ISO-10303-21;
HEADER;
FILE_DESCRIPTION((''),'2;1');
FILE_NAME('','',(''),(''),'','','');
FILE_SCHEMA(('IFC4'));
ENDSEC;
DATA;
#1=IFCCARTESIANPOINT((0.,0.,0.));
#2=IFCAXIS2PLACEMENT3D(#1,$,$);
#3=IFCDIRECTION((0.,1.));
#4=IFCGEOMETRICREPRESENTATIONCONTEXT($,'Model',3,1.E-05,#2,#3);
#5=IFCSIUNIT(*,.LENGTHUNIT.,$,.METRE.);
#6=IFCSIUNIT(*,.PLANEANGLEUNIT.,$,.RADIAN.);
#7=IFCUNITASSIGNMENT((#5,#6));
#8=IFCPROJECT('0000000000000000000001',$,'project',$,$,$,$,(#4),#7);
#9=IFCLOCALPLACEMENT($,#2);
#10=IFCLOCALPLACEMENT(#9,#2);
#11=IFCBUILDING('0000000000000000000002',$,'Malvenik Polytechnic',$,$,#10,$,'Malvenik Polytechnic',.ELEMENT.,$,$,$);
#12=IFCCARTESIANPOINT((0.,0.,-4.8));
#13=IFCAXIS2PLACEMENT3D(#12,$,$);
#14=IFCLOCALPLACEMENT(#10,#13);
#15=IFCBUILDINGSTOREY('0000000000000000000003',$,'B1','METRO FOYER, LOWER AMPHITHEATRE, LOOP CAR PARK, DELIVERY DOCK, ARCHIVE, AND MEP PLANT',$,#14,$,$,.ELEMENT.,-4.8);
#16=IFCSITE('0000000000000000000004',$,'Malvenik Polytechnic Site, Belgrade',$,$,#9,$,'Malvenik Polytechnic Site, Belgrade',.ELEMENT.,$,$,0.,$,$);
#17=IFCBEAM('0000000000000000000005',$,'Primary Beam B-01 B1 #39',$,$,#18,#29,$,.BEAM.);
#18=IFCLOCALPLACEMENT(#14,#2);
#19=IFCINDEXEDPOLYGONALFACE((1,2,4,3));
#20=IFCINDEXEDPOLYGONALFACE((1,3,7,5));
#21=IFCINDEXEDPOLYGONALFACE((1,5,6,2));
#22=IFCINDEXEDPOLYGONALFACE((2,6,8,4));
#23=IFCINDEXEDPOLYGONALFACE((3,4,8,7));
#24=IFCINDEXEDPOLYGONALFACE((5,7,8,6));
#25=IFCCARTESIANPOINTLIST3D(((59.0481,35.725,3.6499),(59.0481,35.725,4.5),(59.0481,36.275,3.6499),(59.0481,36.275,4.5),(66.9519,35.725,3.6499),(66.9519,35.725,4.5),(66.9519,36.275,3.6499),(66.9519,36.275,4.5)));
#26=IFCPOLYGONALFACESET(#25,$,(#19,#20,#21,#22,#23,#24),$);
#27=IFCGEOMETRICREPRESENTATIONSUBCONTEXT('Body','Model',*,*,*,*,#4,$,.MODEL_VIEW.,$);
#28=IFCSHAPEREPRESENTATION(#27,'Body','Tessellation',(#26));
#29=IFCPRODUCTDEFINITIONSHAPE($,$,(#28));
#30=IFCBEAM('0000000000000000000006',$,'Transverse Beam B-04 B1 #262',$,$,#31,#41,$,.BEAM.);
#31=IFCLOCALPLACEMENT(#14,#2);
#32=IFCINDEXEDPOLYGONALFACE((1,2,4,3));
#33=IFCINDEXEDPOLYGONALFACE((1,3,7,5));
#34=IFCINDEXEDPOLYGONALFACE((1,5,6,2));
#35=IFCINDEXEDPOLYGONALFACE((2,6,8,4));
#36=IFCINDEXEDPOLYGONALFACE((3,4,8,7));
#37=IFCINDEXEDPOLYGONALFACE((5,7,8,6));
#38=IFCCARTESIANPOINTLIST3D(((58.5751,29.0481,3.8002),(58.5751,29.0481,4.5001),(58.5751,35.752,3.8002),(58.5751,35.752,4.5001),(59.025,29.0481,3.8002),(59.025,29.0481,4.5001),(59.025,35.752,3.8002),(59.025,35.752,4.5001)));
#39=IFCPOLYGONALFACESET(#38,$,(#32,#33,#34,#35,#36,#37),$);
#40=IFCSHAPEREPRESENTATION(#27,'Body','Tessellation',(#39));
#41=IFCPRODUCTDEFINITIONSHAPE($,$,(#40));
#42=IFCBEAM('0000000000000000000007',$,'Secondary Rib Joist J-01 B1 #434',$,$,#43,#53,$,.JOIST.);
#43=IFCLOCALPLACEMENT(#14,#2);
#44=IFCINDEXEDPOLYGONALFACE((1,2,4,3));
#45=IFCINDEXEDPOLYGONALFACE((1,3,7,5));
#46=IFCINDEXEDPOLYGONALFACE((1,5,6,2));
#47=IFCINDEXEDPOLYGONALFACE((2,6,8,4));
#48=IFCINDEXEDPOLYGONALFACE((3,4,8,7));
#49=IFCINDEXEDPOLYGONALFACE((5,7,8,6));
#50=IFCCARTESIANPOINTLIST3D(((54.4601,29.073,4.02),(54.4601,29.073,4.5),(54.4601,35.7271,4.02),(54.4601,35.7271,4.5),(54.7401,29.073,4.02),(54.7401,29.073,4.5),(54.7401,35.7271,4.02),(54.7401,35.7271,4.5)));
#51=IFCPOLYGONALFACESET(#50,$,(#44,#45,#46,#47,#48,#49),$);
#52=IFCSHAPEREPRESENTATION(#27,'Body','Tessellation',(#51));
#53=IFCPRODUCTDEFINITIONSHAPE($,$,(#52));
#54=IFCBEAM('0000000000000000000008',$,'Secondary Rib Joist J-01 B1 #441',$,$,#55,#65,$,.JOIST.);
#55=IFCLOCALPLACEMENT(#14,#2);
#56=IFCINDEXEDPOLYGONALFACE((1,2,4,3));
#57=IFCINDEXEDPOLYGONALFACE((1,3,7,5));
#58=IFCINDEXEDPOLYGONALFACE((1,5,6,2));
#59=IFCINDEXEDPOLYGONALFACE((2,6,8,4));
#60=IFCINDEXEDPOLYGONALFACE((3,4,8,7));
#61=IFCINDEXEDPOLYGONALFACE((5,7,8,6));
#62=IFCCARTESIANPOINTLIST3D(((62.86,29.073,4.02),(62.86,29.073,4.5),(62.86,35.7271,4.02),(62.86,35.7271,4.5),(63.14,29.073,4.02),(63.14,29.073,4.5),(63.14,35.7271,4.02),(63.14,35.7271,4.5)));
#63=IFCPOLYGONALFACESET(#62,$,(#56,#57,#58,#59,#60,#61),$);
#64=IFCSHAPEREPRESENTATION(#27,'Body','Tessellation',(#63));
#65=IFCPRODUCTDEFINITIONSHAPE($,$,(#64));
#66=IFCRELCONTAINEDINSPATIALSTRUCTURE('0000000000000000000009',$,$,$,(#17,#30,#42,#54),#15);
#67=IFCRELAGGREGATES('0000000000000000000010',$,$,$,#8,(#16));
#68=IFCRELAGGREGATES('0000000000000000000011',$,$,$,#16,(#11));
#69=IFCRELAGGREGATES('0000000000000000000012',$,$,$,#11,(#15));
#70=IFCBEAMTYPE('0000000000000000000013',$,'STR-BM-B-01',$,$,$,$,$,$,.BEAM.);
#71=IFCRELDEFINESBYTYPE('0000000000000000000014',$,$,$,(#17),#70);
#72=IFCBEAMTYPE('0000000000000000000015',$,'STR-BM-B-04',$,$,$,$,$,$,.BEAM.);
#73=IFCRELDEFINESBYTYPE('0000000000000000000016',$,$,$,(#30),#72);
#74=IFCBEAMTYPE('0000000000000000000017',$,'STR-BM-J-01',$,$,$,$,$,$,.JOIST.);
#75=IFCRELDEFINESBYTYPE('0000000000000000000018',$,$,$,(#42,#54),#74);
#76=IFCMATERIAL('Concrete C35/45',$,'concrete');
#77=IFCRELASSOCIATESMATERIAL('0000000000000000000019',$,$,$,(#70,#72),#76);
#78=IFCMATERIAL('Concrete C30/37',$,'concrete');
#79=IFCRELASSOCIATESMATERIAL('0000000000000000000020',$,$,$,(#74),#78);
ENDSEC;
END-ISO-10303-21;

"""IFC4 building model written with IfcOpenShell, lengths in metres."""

from ifc_helpers import new_model, si_unit, direction, frame, origin, origin_2d, place, context, subcontext, project, spatial, rectangle, extrude, material, material_profile, profile_set, type_object, element, save


model = new_model("IFC4")

# Units and contexts
model_context = context("Model", 3, precision=1e-05, world=origin(), true_north=direction((0.0, 1.0)))
body_context = subcontext(model_context, "Body", "Model", "MODEL_VIEW")
ifc_project = project(units=[si_unit("LENGTHUNIT", "METRE"), si_unit("PLANEANGLEUNIT", "RADIAN")], contexts=[model_context])

# Site, building, storey
site_placement = place(None, origin())
site = spatial("IfcSite", under=ifc_project, at=site_placement, Name="Malvenik Polytechnic Site, Belgrade", LongName="Malvenik Polytechnic Site, Belgrade", CompositionType="ELEMENT", RefElevation=0.0)
building_placement = place(site_placement, origin())
building = spatial("IfcBuilding", under=site, at=building_placement, Name="Malvenik Polytechnic", LongName="Malvenik Polytechnic", CompositionType="ELEMENT")
storey_placement = place(building_placement, frame((0.0, 0.0, -4.8)))
storey = spatial("IfcBuildingStorey", under=building, at=storey_placement, Name="B1", Description="METRO FOYER, LOWER AMPHITHEATRE, LOOP CAR PARK, DELIVERY DOCK, ARCHIVE, AND MEP PLANT", CompositionType="ELEMENT", Elevation=-4.8)

# Shared definitions
ifc_material_1 = material(Name="Concrete C35/45", Category="concrete")

# Beams
ifc_material_profile_1 = material_profile(ifc_material_1, rectangle(XDim=0.55, YDim=0.8501, at=origin_2d()), Name="RC BM 550x850")
ifc_profile_set_1 = profile_set([ifc_material_profile_1], Name="Concrete C35/45")
beam_type_1 = type_object("IfcBeamType", Name="STR-BM-B-01", PredefinedType="BEAM", material=ifc_profile_set_1)
for number, where, z_axis, x_axis, name in (
    (1, (59.0481, 36.0, 4.075), (1.0, 0.0, 0.0), (0.0, 1.0, 0.0), "Primary Beam B-01 B1 #39"),
):
    element("IfcBeam", number, at=place(storey_placement, frame(where, z_axis=z_axis, x_axis=x_axis)), inside=storey, type_object=beam_type_1, Name=name, PredefinedType="BEAM", context=body_context, shape_type="SweptSolid", body=[
        extrude(rectangle(XDim=0.55, YDim=0.8501, at=origin_2d()), origin(), (0.0, 0.0, 1.0), 7.9038),
    ])
ifc_material_profile_2 = material_profile(ifc_material_1, rectangle(XDim=0.45, YDim=0.7, at=origin_2d()), Name="RC BM 450x700")
ifc_profile_set_2 = profile_set([ifc_material_profile_2], Name="Concrete C35/45")
beam_type_2 = type_object("IfcBeamType", Name="STR-BM-B-04", PredefinedType="BEAM", material=ifc_profile_set_2)
beam_placement = place(storey_placement, frame((58.8, 29.0481, 4.1501), z_axis=(0.0, 1.0, 0.0), x_axis=(-1.0, 0.0, 0.0)))
element("IfcBeam", 2, at=beam_placement, inside=storey, type_object=beam_type_2, Name="Transverse Beam B-04 B1 #262", PredefinedType="BEAM", context=body_context, shape_type="SweptSolid", body=[
    extrude(rectangle(XDim=0.45, YDim=0.7, at=origin_2d()), origin(), (0.0, 0.0, 1.0), 6.7039),
])
ifc_material_2 = material(Name="Concrete C30/37", Category="concrete")
ifc_material_profile_3 = material_profile(ifc_material_2, rectangle(XDim=0.28, YDim=0.48, at=origin_2d()), Name="RC JST 280x480")
ifc_profile_set_3 = profile_set([ifc_material_profile_3], Name="Concrete C30/37")
beam_type_3 = type_object("IfcBeamType", Name="STR-BM-J-01", PredefinedType="JOIST", material=ifc_profile_set_3)
for number, where, z_axis, x_axis, name in (
    (3, (54.6001, 29.073, 4.26), (0.0, 1.0, 0.0), (-1.0, 0.0, 0.0), "Secondary Rib Joist J-01 B1 #434"),
    (4, (63.0, 29.073, 4.26), (0.0, 1.0, 0.0), (-1.0, 0.0, 0.0), "Secondary Rib Joist J-01 B1 #441"),
):
    element("IfcBeam", number, at=place(storey_placement, frame(where, z_axis=z_axis, x_axis=x_axis)), inside=storey, type_object=beam_type_3, Name=name, PredefinedType="JOIST", context=body_context, shape_type="SweptSolid", body=[
        extrude(rectangle(XDim=0.28, YDim=0.48, at=origin_2d()), origin(), (0.0, 0.0, 1.0), 6.6541),
    ])

save(model, "model.ifc")
